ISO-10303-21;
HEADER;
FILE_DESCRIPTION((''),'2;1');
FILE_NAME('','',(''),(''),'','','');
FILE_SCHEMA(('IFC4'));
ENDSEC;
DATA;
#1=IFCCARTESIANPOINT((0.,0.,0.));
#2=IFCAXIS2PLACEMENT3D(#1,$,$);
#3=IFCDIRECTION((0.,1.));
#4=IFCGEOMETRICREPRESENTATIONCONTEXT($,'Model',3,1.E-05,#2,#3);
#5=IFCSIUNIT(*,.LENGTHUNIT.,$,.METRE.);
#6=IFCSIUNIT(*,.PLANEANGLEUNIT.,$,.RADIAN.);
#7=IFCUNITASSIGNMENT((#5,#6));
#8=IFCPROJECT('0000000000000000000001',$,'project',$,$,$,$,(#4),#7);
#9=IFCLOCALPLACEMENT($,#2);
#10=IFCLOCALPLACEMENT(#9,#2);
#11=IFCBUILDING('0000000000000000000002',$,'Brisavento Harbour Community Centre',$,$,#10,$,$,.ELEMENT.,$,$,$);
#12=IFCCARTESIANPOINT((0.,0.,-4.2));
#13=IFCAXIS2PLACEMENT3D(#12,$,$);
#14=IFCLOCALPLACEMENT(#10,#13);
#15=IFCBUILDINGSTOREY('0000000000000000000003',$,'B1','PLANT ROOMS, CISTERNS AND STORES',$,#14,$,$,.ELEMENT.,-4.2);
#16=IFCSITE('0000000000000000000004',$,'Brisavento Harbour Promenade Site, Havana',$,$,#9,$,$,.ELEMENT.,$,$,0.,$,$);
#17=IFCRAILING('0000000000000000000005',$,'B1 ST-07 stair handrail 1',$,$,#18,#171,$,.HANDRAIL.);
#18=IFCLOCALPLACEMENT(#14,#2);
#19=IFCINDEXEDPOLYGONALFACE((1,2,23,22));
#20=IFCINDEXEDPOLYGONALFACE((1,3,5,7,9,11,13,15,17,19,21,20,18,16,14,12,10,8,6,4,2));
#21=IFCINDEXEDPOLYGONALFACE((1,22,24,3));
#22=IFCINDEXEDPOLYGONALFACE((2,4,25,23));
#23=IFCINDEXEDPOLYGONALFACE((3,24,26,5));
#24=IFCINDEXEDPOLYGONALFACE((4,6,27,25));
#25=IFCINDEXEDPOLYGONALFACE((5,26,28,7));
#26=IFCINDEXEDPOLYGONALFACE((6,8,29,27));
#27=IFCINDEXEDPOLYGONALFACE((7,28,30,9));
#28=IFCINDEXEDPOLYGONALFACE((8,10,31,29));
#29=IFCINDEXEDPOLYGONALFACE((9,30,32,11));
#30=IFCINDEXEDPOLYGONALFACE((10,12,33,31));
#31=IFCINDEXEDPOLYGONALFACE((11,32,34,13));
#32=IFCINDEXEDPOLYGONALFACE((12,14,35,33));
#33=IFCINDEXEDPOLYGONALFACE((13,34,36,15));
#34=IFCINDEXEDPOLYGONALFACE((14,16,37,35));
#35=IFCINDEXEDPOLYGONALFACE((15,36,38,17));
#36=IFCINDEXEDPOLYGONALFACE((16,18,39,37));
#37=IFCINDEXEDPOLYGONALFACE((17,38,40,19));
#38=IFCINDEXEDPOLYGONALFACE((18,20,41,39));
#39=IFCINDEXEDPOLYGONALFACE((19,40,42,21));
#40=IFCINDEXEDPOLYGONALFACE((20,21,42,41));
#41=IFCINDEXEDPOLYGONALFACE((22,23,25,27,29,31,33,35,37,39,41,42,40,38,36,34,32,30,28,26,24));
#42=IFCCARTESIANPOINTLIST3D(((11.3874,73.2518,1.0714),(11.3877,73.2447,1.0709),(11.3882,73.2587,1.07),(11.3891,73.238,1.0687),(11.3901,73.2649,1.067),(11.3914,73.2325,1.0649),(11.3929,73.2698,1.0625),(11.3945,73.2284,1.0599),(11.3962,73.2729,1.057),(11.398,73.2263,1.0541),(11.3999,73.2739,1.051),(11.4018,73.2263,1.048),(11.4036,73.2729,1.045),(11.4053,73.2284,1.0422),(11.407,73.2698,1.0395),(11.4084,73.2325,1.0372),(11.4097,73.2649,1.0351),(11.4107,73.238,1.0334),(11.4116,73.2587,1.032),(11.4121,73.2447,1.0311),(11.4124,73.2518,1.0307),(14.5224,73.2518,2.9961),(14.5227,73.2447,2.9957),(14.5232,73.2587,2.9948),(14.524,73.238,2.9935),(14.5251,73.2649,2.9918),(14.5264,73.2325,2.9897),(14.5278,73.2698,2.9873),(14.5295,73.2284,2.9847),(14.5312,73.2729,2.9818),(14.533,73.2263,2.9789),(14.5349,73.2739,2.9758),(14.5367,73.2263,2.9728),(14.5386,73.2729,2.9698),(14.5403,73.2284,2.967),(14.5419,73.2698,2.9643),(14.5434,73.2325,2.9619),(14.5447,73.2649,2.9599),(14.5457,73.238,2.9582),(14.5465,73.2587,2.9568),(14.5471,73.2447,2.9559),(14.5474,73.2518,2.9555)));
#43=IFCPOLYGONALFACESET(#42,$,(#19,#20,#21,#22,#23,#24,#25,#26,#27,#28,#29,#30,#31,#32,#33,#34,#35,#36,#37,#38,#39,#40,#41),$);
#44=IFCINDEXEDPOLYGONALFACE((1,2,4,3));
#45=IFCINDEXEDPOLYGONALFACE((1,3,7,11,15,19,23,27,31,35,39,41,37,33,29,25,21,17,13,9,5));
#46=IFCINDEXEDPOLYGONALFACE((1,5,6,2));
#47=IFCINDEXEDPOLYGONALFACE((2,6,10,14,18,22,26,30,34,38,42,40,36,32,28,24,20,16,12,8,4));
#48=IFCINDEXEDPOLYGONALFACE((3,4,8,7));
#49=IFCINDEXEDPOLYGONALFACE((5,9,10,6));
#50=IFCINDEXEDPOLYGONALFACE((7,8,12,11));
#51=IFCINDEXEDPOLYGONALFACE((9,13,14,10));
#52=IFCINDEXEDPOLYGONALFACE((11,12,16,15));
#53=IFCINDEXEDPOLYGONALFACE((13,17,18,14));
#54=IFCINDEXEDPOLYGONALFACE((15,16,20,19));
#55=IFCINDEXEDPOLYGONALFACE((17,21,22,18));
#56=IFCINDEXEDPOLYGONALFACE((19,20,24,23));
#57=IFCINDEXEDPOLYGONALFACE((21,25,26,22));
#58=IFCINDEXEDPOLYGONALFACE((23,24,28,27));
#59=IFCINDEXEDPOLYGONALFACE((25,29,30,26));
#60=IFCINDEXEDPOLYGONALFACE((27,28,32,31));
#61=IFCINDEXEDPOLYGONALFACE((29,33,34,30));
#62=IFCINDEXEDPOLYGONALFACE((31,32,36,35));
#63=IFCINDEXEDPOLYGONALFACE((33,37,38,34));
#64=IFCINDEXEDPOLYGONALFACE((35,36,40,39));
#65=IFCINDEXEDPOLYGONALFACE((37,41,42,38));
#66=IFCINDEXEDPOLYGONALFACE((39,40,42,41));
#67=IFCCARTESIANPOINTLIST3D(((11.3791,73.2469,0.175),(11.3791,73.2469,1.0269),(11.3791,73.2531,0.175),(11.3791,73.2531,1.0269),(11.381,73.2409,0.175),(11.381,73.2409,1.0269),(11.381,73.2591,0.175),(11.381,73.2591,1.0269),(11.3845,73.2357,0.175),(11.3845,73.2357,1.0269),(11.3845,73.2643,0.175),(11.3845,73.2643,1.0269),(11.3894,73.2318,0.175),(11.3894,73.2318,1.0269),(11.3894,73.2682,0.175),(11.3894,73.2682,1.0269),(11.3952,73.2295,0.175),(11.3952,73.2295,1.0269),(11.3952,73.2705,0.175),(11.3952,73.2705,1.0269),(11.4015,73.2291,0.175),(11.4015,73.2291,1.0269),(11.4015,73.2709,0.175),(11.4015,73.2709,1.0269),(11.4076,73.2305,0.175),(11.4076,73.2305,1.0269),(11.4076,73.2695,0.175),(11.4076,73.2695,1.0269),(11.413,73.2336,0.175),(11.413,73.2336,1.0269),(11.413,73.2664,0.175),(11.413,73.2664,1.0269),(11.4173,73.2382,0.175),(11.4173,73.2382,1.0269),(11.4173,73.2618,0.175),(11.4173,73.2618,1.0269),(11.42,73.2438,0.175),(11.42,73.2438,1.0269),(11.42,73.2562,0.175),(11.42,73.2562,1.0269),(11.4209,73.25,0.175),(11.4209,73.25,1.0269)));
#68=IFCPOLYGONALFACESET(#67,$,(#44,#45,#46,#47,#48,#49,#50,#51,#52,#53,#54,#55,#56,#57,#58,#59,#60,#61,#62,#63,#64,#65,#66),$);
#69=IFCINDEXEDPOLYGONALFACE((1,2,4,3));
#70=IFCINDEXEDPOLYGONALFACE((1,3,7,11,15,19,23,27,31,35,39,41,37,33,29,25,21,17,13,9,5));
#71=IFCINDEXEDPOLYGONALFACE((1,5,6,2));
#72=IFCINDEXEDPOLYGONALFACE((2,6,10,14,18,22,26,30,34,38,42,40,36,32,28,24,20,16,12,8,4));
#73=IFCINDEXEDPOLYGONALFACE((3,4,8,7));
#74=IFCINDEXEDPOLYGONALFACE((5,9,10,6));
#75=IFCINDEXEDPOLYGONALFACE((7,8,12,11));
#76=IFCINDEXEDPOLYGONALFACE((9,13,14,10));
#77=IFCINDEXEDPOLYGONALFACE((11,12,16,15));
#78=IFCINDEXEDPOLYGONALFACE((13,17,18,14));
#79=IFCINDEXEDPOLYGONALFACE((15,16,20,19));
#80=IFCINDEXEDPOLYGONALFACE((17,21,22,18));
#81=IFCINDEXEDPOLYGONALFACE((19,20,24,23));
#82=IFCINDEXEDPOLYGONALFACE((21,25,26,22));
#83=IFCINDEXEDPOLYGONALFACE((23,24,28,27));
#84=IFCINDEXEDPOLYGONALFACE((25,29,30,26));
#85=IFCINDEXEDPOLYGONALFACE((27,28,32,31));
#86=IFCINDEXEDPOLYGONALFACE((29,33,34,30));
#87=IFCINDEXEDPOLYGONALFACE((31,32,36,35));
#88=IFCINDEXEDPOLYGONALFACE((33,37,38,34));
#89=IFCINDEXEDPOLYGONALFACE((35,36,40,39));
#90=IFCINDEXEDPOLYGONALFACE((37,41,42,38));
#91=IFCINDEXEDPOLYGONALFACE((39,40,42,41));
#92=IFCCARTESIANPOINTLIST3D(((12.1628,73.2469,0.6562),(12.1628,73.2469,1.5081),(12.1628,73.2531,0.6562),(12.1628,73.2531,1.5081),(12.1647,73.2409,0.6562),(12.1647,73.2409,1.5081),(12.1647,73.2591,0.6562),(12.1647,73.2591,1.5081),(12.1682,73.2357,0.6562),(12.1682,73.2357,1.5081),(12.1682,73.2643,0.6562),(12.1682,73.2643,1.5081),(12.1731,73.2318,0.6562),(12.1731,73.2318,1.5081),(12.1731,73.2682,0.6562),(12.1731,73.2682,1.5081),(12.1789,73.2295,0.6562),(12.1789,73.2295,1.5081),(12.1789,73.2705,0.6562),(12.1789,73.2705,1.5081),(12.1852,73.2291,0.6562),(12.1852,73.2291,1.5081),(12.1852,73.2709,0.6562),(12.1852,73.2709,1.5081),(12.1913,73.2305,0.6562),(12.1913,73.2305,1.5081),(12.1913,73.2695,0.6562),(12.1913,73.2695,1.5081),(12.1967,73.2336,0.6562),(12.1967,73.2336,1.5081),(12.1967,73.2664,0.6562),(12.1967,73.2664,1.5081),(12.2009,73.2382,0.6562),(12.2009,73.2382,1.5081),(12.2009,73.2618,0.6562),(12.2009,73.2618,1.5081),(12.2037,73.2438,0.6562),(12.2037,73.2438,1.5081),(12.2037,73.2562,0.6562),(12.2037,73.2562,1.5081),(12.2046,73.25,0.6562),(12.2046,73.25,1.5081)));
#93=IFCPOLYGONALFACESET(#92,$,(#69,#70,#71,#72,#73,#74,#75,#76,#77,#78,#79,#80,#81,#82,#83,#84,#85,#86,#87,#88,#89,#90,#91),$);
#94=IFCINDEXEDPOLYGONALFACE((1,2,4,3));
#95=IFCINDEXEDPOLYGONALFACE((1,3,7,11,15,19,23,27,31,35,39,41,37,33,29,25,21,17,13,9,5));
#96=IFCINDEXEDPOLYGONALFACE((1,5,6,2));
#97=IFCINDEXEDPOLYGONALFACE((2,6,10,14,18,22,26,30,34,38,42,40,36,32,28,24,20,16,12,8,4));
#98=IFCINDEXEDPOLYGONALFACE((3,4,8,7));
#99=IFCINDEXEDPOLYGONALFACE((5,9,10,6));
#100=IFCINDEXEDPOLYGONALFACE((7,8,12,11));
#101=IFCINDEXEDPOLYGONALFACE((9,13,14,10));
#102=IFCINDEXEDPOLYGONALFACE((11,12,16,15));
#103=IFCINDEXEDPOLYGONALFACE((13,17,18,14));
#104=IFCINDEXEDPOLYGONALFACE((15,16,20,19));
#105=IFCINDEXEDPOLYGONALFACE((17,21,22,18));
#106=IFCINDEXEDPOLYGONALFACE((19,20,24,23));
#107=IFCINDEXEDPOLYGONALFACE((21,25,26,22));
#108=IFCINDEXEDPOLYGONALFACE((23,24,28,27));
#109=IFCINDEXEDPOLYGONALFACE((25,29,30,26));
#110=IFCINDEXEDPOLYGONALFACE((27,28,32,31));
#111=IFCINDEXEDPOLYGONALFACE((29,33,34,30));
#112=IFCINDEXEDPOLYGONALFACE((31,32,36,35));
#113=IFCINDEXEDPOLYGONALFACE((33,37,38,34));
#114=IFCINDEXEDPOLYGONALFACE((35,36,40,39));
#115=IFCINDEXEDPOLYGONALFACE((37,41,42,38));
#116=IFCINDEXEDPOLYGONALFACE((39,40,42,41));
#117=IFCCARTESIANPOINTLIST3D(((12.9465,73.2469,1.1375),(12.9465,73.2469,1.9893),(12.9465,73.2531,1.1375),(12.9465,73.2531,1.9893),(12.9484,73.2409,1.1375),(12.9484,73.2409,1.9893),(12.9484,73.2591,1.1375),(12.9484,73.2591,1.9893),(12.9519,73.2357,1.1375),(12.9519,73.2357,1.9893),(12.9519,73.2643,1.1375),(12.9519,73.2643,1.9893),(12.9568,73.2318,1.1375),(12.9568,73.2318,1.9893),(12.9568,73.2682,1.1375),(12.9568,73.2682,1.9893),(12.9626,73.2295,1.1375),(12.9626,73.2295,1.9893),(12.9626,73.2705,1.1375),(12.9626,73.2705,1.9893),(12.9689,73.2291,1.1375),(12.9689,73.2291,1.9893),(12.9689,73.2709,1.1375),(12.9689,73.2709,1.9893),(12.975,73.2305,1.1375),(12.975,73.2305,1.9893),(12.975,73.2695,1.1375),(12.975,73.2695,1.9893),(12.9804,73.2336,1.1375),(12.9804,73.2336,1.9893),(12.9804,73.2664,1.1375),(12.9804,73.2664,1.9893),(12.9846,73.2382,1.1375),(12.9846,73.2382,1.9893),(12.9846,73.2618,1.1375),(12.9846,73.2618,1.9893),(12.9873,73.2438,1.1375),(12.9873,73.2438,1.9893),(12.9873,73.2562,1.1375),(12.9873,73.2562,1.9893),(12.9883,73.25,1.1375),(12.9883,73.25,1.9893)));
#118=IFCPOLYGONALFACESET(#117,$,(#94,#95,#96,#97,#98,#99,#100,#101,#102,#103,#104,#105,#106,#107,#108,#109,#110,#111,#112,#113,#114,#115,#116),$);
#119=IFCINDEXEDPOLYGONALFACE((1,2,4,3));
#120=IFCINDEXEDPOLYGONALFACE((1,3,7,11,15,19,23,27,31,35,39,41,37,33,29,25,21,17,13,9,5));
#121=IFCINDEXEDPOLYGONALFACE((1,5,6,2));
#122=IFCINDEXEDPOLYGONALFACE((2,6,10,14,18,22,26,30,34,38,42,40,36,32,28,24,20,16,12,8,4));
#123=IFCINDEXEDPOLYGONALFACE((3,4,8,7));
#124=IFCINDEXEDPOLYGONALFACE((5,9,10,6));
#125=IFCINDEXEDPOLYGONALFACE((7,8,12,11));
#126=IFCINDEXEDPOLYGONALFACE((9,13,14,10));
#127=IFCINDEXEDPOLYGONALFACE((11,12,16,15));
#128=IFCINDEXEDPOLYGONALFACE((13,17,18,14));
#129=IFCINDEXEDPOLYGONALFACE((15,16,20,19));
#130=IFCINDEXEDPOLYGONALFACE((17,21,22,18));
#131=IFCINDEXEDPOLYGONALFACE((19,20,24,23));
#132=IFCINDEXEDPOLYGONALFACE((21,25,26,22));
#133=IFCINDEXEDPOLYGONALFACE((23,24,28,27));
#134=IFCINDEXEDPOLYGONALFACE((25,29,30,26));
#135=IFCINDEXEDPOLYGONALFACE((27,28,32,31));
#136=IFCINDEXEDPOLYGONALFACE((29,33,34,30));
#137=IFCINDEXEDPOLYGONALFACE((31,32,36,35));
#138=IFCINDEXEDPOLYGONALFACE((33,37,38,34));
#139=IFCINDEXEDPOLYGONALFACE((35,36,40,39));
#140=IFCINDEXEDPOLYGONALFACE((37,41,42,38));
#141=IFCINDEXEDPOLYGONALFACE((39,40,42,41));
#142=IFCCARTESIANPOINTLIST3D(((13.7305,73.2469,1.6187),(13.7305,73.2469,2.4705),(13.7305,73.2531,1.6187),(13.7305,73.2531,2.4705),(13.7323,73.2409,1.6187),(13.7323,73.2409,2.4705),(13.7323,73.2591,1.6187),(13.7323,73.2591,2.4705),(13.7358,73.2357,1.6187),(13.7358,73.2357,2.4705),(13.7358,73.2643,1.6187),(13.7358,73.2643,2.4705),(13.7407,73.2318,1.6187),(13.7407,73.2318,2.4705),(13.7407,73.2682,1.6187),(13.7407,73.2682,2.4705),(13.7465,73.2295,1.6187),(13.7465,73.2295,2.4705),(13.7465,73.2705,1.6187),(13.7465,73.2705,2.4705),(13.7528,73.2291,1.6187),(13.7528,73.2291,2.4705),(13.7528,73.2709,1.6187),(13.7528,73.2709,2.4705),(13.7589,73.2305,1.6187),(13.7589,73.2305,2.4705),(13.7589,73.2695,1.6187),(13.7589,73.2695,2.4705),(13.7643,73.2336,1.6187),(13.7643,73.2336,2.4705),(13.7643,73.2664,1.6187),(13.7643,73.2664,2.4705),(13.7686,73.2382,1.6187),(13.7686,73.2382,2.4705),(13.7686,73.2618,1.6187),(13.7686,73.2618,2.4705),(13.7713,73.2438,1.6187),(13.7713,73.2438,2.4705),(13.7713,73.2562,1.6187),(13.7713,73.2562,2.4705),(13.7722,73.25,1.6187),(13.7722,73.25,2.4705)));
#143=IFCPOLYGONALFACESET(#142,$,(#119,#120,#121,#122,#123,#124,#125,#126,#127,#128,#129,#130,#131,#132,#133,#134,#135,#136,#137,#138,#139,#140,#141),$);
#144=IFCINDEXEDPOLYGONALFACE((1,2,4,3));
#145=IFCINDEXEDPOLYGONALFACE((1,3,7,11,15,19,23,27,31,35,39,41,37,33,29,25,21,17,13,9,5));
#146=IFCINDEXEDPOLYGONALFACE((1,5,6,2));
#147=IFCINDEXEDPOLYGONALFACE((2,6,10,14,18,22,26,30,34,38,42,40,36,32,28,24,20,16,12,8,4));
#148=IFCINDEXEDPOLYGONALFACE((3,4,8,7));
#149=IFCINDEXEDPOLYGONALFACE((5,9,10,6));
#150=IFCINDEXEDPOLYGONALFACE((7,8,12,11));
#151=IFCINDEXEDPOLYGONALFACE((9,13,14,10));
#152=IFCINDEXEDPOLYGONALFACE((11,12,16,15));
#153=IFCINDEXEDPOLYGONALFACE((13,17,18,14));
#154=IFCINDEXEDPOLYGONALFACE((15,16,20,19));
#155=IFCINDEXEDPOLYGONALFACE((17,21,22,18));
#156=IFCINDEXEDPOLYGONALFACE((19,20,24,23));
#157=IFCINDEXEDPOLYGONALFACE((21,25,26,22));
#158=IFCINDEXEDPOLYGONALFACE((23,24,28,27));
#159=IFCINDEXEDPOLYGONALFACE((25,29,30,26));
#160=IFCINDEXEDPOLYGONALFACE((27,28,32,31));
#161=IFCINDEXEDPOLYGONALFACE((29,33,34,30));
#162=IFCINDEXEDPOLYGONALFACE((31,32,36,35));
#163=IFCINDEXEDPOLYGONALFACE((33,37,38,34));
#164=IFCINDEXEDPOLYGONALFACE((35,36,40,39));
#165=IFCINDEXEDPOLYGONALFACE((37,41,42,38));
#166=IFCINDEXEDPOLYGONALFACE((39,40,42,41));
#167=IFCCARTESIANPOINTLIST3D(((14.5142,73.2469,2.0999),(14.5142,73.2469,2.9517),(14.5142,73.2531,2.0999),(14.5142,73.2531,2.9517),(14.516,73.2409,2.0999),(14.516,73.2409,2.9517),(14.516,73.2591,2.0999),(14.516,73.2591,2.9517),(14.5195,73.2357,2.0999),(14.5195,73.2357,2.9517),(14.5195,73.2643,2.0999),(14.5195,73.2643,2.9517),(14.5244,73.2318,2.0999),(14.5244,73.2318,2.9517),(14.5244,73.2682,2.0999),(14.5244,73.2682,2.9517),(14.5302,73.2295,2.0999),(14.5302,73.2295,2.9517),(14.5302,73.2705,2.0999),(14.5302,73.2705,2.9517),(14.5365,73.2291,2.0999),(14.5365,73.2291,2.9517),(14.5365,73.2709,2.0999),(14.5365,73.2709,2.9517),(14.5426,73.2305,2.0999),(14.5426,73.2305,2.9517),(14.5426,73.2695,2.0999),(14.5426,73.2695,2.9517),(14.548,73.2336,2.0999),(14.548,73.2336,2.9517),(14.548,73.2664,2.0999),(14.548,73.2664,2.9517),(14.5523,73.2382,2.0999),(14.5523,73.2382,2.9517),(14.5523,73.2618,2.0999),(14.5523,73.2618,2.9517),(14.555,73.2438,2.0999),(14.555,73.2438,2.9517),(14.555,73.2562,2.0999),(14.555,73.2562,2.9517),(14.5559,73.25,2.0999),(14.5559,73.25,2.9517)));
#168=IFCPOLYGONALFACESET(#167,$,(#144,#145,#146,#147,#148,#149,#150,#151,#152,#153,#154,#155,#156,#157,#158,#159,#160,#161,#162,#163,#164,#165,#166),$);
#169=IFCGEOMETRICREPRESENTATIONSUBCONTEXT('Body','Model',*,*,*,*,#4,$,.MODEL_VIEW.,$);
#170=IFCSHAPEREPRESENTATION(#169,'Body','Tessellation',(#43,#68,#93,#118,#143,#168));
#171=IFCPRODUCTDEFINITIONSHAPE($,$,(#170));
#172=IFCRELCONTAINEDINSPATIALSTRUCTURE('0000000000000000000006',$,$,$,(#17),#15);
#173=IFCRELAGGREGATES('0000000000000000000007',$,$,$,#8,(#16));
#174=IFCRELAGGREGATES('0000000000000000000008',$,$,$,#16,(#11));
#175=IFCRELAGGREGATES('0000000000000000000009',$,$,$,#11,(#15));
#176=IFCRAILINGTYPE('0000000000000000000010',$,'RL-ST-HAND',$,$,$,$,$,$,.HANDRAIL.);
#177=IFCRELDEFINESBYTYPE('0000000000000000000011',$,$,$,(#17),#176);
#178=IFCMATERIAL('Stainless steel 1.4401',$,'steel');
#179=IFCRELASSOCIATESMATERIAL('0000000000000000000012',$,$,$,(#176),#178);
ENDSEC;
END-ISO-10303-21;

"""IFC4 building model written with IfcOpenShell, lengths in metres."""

from ifc_helpers import new_model, si_unit, direction, frame, origin, origin_2d, place, context, subcontext, project, spatial, circle, extrude, material, type_object, element, save


model = new_model("IFC4")

# Units and contexts
model_context = context("Model", 3, precision=1e-05, world=origin(), true_north=direction((0.0, 1.0)))
body_context = subcontext(model_context, "Body", "Model", "MODEL_VIEW")
ifc_project = project(units=[si_unit("LENGTHUNIT", "METRE"), si_unit("PLANEANGLEUNIT", "RADIAN")], contexts=[model_context])

# Site, building, storey
site_placement = place(None, origin())
site = spatial("IfcSite", under=ifc_project, at=site_placement, Name="Brisavento Harbour Promenade Site, Havana", CompositionType="ELEMENT", RefElevation=0.0)
building_placement = place(site_placement, origin())
building = spatial("IfcBuilding", under=site, at=building_placement, Name="Brisavento Harbour Community Centre", CompositionType="ELEMENT")
storey_placement = place(building_placement, frame((0.0, 0.0, -4.2)))
storey = spatial("IfcBuildingStorey", under=building, at=storey_placement, Name="B1", Description="PLANT ROOMS, CISTERNS AND STORES", CompositionType="ELEMENT", Elevation=-4.2)

# Railing
ifc_material_1 = material(Name="Stainless steel 1.4401", Category="steel")
railing_type_1 = type_object("IfcRailingType", Name="RL-ST-HAND", PredefinedType="HANDRAIL", material=ifc_material_1)
railing_1_placement = place(storey_placement, frame((11.3999, 73.25, 0.175)))
element("IfcRailing", 1, at=railing_1_placement, inside=storey, type_object=railing_type_1, Name="B1 ST-07 stair handrail 1", PredefinedType="HANDRAIL", context=body_context, shape_type="SweptSolid", body=[
    extrude(circle(Radius=0.0239, at=origin_2d()), frame((0.0, 0.0, 0.876), z_axis=(0.852196, 0.0, 0.523223), x_axis=(0.0, 1.0, 0.0)), (0.0, 0.0, 1.0), 3.6787),
    extrude(circle(Radius=0.021, at=origin_2d()), origin(), (0.0, 0.0, 1.0), 0.8518),
    extrude(circle(Radius=0.021, at=origin_2d()), frame((0.7837, 0.0, 0.4812)), (0.0, 0.0, 1.0), 0.8518),
    extrude(circle(Radius=0.021, at=origin_2d()), frame((1.5674, 0.0, 0.9624)), (0.0, 0.0, 1.0), 0.8518),
    extrude(circle(Radius=0.021, at=origin_2d()), frame((2.3513, 0.0, 1.4436)), (0.0, 0.0, 1.0), 0.8518),
    extrude(circle(Radius=0.021, at=origin_2d()), frame((3.135, 0.0, 1.9248)), (0.0, 0.0, 1.0), 0.8518),
])

save(model, "model.ifc")
